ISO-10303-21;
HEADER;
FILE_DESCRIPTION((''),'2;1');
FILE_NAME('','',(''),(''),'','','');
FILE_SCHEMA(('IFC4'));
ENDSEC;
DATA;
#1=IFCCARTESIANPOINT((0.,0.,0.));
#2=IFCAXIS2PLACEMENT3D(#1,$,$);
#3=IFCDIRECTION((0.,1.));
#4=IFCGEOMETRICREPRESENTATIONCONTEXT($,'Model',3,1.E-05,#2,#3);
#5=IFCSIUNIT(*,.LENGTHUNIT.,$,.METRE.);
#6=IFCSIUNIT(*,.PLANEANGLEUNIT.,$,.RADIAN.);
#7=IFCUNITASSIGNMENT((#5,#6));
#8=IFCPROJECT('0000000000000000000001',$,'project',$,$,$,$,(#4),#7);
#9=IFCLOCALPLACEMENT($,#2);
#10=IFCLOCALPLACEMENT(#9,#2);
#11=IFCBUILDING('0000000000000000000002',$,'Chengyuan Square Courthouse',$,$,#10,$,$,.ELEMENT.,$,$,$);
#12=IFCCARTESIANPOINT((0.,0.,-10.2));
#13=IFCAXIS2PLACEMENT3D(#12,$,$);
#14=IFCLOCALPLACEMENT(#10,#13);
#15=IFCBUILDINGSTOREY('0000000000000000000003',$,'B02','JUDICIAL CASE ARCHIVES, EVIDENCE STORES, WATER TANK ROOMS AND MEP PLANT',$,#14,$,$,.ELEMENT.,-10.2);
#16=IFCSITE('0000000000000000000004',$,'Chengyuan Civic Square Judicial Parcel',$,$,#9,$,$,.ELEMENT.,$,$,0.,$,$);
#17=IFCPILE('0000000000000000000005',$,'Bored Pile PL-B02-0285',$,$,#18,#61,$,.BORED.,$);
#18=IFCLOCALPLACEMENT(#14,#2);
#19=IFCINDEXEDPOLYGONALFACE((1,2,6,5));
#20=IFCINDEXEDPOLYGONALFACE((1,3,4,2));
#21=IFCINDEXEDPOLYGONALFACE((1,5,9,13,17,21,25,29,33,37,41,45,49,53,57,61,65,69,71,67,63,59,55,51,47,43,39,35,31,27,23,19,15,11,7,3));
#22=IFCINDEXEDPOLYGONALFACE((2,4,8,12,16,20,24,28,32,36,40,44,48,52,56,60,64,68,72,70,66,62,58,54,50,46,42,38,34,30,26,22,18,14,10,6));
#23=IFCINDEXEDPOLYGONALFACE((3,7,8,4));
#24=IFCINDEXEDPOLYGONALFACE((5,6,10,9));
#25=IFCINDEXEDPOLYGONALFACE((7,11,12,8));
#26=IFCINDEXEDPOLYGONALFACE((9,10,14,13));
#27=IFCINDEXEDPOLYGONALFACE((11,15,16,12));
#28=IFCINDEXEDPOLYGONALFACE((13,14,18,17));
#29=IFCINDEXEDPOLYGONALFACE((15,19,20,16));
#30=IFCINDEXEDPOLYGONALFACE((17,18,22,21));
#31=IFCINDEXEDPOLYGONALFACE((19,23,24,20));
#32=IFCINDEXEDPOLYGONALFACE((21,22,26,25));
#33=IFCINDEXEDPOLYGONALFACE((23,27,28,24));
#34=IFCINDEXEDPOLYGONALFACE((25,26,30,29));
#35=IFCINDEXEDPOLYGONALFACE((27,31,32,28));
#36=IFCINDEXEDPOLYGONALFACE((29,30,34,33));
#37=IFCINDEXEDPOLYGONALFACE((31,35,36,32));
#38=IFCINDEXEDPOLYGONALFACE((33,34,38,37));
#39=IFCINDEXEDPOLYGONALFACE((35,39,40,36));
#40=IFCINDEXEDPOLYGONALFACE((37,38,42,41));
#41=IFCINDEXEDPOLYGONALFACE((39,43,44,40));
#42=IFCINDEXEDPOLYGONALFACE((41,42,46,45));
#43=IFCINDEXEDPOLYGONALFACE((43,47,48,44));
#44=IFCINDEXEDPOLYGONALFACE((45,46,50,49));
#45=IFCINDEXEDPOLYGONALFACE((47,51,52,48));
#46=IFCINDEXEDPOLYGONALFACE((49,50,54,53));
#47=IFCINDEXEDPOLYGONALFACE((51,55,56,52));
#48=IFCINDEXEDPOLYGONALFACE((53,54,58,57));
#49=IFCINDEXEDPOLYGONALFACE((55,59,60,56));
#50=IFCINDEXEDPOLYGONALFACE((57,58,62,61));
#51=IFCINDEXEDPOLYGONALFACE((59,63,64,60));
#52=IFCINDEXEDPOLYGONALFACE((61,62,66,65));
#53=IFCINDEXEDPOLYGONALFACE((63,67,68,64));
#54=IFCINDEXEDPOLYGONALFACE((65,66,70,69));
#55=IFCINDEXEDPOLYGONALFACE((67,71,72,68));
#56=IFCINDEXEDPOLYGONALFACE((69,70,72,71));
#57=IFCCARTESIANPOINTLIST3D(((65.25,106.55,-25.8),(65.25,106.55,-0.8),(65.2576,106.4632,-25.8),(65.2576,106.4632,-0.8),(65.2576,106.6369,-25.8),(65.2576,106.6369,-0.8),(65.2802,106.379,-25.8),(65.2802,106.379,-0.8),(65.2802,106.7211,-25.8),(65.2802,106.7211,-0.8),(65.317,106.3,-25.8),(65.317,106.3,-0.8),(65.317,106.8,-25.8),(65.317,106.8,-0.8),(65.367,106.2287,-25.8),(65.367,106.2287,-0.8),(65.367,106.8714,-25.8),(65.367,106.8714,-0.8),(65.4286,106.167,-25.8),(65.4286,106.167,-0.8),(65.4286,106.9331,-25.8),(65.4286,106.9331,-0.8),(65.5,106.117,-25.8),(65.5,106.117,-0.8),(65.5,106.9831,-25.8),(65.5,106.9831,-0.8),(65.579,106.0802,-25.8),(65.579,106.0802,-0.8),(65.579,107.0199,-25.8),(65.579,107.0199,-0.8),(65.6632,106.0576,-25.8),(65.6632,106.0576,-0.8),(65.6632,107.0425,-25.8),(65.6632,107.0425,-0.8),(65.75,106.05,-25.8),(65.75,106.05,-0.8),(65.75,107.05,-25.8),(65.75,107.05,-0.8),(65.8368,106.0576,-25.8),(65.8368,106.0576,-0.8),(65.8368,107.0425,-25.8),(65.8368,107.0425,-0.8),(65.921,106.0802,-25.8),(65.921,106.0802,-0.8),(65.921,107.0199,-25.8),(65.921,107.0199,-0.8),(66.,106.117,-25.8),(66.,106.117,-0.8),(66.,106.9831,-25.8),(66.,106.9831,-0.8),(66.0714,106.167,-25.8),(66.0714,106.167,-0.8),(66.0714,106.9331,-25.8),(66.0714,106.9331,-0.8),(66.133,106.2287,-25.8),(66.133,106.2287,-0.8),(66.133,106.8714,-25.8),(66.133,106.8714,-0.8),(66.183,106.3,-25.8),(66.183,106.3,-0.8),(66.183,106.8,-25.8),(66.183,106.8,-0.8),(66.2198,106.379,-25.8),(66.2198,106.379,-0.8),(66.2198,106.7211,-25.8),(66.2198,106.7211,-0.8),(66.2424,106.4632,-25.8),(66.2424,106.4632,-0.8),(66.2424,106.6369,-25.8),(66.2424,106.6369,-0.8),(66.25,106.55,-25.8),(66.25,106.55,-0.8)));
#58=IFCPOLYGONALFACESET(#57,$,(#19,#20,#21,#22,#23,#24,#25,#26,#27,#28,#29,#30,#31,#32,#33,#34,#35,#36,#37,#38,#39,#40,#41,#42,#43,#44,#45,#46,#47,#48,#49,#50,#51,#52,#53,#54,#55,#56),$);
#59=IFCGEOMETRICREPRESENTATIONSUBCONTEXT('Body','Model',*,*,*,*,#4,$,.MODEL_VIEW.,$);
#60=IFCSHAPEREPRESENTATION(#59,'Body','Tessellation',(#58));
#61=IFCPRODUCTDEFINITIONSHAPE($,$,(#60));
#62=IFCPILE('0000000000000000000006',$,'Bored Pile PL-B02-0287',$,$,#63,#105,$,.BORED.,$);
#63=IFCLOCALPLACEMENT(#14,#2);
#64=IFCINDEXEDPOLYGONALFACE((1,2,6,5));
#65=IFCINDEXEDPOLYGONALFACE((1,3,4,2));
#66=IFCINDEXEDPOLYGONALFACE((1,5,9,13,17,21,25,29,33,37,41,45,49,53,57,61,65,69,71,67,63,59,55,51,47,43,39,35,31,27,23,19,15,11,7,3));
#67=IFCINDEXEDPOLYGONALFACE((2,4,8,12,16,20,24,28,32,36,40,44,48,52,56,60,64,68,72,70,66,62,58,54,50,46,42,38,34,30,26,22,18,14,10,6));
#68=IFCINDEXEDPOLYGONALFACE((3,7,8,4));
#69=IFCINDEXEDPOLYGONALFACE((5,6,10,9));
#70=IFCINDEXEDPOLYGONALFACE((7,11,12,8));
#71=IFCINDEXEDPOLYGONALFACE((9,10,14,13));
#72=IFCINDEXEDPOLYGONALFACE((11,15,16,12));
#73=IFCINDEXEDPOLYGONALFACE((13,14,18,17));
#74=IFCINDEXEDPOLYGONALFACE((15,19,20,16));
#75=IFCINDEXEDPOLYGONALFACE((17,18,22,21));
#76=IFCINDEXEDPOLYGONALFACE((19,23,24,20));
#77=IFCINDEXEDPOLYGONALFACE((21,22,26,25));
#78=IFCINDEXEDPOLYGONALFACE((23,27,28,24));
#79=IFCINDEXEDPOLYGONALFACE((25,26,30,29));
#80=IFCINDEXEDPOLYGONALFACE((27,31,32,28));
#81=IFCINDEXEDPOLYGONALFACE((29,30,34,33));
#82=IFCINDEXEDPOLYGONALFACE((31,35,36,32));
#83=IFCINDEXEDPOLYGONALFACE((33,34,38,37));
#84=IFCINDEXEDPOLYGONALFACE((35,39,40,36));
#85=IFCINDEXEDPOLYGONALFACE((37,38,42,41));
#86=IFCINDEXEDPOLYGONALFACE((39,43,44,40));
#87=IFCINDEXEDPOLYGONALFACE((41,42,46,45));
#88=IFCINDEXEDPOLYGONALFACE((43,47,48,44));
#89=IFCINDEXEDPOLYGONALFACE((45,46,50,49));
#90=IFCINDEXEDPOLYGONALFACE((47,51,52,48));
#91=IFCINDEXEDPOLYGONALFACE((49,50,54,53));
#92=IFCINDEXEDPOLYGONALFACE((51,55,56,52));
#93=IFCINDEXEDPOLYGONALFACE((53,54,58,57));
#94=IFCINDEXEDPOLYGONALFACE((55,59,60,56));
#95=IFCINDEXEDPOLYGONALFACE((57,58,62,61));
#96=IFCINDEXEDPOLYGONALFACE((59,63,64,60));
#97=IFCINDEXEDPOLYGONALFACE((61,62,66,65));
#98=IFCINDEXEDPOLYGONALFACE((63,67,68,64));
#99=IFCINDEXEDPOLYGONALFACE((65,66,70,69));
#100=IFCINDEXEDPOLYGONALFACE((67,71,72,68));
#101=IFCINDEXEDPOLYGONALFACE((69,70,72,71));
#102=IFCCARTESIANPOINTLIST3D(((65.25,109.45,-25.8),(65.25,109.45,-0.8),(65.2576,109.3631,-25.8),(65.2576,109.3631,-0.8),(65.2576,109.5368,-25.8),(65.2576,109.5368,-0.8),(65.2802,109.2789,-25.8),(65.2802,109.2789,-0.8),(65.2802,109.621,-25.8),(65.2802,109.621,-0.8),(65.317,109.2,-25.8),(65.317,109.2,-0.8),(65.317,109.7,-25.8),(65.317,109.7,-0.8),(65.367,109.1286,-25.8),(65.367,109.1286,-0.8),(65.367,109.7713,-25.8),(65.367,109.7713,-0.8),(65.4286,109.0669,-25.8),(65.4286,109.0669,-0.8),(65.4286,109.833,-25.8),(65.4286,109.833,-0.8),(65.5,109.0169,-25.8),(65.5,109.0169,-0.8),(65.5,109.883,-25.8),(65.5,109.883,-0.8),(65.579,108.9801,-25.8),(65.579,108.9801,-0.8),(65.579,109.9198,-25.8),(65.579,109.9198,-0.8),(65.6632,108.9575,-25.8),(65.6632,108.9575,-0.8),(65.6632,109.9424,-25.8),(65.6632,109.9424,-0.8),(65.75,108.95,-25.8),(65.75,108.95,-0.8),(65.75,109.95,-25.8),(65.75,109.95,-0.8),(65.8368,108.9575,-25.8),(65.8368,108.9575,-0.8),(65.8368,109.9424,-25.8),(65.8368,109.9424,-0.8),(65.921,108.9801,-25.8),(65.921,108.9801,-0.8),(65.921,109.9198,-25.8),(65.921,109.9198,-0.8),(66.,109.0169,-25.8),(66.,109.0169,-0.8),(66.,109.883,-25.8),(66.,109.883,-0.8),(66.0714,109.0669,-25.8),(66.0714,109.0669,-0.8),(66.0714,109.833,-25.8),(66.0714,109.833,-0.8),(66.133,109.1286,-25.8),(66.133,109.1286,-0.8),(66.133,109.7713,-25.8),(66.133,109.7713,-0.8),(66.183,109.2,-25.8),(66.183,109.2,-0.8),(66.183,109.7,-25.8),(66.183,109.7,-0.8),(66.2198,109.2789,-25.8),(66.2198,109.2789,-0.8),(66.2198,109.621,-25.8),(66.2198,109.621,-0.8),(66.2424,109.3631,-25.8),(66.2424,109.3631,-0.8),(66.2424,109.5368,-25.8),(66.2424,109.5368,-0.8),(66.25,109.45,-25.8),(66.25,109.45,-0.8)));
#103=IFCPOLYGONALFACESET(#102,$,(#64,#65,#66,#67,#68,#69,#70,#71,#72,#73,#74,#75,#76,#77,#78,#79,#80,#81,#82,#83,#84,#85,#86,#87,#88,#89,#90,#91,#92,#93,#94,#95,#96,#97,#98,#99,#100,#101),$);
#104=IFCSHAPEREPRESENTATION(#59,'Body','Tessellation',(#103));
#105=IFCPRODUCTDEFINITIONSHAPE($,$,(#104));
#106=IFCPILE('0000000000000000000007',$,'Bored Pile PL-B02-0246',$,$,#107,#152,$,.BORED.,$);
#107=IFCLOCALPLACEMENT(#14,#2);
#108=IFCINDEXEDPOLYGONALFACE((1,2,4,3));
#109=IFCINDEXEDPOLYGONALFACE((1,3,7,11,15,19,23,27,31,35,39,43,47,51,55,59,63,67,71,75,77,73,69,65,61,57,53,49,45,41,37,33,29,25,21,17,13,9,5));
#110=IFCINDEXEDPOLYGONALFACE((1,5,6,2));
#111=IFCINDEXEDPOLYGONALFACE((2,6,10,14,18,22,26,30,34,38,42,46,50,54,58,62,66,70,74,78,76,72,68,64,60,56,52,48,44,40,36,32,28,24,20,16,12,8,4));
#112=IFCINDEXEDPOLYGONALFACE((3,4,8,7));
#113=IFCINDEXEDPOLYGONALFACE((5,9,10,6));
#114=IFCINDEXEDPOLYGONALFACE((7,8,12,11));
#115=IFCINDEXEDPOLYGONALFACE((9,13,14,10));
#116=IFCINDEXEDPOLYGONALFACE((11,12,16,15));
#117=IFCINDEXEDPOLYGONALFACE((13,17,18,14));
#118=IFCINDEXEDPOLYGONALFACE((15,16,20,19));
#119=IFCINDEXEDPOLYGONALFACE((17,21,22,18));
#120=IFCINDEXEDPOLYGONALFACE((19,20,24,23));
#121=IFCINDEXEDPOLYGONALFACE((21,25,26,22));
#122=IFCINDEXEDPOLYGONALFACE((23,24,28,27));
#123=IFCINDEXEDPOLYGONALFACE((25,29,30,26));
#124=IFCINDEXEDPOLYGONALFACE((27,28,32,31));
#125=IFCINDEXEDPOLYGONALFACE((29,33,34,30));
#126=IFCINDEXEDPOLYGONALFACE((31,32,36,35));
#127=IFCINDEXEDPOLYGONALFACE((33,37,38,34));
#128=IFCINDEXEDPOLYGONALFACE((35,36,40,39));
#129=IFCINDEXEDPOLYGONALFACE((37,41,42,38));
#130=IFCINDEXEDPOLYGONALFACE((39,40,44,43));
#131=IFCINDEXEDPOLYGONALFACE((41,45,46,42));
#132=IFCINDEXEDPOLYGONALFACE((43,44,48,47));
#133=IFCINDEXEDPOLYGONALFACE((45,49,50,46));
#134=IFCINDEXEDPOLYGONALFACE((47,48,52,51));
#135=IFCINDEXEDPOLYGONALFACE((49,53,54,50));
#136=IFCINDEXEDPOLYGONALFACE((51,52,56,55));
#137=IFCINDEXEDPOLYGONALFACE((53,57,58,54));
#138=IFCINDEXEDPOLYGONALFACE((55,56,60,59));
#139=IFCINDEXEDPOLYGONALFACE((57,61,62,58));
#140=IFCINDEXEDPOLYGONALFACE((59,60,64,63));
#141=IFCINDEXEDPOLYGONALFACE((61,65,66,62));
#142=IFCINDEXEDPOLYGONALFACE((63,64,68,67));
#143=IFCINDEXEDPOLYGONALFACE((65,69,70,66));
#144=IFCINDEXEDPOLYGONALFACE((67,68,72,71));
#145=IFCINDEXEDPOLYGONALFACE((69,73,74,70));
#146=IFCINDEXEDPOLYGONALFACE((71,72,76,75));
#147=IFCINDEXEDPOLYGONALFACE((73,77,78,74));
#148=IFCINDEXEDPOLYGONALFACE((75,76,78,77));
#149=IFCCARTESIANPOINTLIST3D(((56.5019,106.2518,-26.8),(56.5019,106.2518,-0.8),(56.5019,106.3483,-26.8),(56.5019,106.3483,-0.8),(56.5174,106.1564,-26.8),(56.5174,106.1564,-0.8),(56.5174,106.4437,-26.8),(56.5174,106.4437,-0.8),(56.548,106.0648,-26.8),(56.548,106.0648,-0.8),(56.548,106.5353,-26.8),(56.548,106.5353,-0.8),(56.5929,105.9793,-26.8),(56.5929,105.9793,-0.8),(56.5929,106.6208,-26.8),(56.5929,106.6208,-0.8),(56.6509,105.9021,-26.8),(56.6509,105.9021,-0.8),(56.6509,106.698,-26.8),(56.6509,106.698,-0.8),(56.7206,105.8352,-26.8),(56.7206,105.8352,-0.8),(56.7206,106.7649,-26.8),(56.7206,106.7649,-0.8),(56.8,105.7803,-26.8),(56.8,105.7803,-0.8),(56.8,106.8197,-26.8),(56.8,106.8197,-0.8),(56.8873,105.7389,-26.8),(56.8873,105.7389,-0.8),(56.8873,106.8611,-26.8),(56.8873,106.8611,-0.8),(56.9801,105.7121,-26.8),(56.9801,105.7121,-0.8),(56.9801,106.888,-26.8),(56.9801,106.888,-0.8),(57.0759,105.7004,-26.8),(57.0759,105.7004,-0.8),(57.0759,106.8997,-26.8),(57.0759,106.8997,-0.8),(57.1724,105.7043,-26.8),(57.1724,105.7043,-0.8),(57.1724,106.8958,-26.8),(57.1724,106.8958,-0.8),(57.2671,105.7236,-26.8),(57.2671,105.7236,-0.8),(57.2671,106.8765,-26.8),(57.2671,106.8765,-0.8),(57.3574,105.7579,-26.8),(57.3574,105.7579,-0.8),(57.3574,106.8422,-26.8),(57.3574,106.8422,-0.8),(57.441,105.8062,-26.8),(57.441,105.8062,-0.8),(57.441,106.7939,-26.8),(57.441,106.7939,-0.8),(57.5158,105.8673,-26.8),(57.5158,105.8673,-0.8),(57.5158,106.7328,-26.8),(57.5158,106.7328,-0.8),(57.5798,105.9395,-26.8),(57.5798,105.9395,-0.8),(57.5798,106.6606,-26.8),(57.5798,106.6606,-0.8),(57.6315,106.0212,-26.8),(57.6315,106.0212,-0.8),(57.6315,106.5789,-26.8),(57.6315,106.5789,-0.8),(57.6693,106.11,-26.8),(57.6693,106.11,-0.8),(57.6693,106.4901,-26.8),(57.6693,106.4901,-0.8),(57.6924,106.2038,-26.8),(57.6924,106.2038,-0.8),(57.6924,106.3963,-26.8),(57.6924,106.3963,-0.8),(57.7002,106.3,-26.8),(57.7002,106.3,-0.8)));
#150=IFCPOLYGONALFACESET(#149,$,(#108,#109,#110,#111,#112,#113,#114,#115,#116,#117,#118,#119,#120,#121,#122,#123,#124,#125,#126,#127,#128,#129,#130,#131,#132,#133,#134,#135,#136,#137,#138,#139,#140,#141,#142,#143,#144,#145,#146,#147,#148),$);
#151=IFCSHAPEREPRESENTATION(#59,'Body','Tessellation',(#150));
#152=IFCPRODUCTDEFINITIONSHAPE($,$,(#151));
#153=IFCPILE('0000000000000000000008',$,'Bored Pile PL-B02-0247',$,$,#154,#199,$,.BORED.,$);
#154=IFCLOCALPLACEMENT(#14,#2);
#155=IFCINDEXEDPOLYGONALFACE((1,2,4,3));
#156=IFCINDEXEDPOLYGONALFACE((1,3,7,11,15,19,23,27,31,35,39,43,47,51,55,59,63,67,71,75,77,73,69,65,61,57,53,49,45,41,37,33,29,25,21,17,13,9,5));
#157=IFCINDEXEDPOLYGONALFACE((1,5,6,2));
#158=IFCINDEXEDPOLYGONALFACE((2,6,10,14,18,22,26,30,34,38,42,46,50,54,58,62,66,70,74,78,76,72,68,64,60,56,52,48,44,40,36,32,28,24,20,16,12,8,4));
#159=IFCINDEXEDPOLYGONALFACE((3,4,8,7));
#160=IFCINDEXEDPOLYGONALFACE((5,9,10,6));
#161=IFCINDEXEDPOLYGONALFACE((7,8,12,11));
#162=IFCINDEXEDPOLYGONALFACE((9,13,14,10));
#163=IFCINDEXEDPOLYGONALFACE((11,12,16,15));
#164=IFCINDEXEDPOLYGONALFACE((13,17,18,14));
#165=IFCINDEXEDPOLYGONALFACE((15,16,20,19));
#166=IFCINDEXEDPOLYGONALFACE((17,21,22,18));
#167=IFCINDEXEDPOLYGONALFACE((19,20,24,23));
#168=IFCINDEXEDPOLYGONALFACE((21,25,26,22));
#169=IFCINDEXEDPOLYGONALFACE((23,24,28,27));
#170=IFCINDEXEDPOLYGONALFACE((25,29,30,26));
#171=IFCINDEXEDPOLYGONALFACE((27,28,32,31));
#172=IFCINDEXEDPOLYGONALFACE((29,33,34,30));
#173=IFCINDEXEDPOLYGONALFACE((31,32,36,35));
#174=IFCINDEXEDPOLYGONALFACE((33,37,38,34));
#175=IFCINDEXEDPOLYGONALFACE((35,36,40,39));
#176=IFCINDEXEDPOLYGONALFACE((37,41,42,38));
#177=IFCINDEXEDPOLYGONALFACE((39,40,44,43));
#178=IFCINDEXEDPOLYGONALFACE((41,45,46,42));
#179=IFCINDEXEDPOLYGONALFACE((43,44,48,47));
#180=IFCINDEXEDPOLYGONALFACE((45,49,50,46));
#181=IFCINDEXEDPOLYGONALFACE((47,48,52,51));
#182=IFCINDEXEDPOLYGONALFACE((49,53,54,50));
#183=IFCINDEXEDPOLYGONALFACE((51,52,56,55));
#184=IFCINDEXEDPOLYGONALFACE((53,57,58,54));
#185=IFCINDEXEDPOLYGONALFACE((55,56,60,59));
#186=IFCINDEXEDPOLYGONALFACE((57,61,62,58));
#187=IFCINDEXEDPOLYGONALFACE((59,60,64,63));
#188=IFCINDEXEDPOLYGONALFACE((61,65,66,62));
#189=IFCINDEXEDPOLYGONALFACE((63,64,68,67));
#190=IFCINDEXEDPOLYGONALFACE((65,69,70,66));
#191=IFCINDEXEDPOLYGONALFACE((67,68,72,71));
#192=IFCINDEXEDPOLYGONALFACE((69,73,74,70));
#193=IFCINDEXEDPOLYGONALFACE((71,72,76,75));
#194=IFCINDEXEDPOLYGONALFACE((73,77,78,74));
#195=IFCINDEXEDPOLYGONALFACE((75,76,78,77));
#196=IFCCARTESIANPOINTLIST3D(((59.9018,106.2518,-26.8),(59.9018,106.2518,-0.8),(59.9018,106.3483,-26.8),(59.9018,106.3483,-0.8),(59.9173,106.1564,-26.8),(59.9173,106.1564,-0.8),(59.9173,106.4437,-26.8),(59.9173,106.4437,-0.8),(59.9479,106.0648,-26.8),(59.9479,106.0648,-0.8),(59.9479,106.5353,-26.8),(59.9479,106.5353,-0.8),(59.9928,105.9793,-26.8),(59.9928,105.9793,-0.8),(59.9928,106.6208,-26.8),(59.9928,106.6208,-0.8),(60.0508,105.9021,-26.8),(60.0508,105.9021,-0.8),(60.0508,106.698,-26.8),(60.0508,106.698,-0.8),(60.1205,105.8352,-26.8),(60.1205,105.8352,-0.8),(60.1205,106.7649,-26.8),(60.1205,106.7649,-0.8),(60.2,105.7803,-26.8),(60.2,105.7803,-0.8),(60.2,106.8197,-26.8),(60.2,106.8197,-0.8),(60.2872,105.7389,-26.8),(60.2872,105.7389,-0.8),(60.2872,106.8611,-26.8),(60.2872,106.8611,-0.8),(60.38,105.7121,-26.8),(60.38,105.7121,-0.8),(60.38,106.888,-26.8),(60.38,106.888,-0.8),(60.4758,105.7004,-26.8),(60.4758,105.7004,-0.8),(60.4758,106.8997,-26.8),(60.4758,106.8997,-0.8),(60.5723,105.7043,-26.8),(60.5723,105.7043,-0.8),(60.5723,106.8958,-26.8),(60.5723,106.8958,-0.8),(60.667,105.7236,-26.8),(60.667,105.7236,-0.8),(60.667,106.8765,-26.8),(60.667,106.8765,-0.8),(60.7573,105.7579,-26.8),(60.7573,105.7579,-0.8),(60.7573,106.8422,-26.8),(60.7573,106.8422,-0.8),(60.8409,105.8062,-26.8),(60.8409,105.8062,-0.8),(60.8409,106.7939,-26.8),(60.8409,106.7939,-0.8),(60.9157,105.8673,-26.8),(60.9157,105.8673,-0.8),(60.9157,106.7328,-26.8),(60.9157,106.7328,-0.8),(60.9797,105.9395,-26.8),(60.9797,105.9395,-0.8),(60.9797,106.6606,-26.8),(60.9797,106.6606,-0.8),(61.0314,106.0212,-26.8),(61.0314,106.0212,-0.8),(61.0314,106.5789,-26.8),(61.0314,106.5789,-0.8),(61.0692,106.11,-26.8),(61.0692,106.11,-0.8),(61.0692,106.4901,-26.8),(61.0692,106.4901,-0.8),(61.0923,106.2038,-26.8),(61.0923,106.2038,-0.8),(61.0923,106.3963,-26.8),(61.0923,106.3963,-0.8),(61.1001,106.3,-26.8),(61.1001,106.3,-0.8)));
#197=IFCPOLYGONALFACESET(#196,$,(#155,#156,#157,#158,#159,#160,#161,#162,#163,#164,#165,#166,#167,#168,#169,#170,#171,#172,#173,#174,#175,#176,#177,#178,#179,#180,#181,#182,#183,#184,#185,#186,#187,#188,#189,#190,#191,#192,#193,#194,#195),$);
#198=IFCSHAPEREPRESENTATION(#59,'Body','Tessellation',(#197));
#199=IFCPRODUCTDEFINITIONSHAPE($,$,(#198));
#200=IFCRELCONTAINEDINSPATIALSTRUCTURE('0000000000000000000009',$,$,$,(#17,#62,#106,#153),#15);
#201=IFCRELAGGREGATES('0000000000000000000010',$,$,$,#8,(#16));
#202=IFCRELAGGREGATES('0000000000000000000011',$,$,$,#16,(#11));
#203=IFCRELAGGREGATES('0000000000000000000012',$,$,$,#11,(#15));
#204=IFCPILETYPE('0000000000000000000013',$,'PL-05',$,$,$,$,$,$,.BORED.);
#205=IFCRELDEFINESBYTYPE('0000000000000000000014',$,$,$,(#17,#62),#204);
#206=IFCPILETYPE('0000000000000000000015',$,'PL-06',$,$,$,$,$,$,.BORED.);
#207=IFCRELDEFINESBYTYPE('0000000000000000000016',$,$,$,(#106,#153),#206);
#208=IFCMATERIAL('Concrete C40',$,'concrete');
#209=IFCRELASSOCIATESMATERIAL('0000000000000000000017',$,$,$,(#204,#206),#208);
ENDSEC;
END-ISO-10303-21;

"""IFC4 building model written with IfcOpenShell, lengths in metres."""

from ifc_helpers import new_model, si_unit, direction, frame, origin, origin_2d, place, context, subcontext, project, spatial, circle, extrude, material, material_profile, profile_set, type_object, element, save


model = new_model("IFC4")

# Units and contexts
model_context = context("Model", 3, precision=1e-05, world=origin(), true_north=direction((0.0, 1.0)))
body_context = subcontext(model_context, "Body", "Model", "MODEL_VIEW")
ifc_project = project(units=[si_unit("LENGTHUNIT", "METRE"), si_unit("PLANEANGLEUNIT", "RADIAN")], contexts=[model_context])

# Site, building, storey
site_placement = place(None, origin())
site = spatial("IfcSite", under=ifc_project, at=site_placement, Name="Chengyuan Civic Square Judicial Parcel", CompositionType="ELEMENT", RefElevation=0.0)
building_placement = place(site_placement, origin())
building = spatial("IfcBuilding", under=site, at=building_placement, Name="Chengyuan Square Courthouse", CompositionType="ELEMENT")
storey_placement = place(building_placement, frame((0.0, 0.0, -10.2)))
storey = spatial("IfcBuildingStorey", under=building, at=storey_placement, Name="B02", Description="JUDICIAL CASE ARCHIVES, EVIDENCE STORES, WATER TANK ROOMS AND MEP PLANT", CompositionType="ELEMENT", Elevation=-10.2)

# Shared definitions
ifc_material_1 = material(Name="Concrete C40", Category="concrete")

# Piles
ifc_material_profile_1 = material_profile(ifc_material_1, circle(Radius=0.5, at=origin_2d()), Name="BORED PILE D1000")
ifc_profile_set_1 = profile_set([ifc_material_profile_1], Name="Concrete C40")
pile_type_1 = type_object("IfcPileType", Name="PL-05", PredefinedType="BORED", material=ifc_profile_set_1)
for number, where, z_axis, x_axis, name in (
    (1, (65.75, 106.55, -0.8), (0.0, 0.0, -1.0), (1.0, 0.0, 0.0), "Bored Pile PL-B02-0285"),
    (2, (65.75, 109.45, -0.8), (0.0, 0.0, -1.0), (1.0, 0.0, 0.0), "Bored Pile PL-B02-0287"),
):
    element("IfcPile", number, at=place(storey_placement, frame(where, z_axis=z_axis, x_axis=x_axis)), inside=storey, type_object=pile_type_1, Name=name, PredefinedType="BORED", context=body_context, shape_type="SweptSolid", body=[
        extrude(circle(Radius=0.5, at=origin_2d()), origin(), (0.0, 0.0, 1.0), 25.0),
    ])
ifc_material_profile_2 = material_profile(ifc_material_1, circle(Radius=0.6001, at=origin_2d()), Name="BORED PILE D1200")
ifc_profile_set_2 = profile_set([ifc_material_profile_2], Name="Concrete C40")
pile_type_2 = type_object("IfcPileType", Name="PL-06", PredefinedType="BORED", material=ifc_profile_set_2)
for number, where, z_axis, x_axis, name in (
    (3, (57.1001, 106.3, -0.8), (0.0, 0.0, -1.0), (1.0, 0.0, 0.0), "Bored Pile PL-B02-0246"),
    (4, (60.5, 106.3, -0.8), (0.0, 0.0, -1.0), (1.0, 0.0, 0.0), "Bored Pile PL-B02-0247"),
):
    element("IfcPile", number, at=place(storey_placement, frame(where, z_axis=z_axis, x_axis=x_axis)), inside=storey, type_object=pile_type_2, Name=name, PredefinedType="BORED", context=body_context, shape_type="SweptSolid", body=[
        extrude(circle(Radius=0.6001, at=origin_2d()), origin(), (0.0, 0.0, 1.0), 26.0),
    ])

save(model, "model.ifc")
